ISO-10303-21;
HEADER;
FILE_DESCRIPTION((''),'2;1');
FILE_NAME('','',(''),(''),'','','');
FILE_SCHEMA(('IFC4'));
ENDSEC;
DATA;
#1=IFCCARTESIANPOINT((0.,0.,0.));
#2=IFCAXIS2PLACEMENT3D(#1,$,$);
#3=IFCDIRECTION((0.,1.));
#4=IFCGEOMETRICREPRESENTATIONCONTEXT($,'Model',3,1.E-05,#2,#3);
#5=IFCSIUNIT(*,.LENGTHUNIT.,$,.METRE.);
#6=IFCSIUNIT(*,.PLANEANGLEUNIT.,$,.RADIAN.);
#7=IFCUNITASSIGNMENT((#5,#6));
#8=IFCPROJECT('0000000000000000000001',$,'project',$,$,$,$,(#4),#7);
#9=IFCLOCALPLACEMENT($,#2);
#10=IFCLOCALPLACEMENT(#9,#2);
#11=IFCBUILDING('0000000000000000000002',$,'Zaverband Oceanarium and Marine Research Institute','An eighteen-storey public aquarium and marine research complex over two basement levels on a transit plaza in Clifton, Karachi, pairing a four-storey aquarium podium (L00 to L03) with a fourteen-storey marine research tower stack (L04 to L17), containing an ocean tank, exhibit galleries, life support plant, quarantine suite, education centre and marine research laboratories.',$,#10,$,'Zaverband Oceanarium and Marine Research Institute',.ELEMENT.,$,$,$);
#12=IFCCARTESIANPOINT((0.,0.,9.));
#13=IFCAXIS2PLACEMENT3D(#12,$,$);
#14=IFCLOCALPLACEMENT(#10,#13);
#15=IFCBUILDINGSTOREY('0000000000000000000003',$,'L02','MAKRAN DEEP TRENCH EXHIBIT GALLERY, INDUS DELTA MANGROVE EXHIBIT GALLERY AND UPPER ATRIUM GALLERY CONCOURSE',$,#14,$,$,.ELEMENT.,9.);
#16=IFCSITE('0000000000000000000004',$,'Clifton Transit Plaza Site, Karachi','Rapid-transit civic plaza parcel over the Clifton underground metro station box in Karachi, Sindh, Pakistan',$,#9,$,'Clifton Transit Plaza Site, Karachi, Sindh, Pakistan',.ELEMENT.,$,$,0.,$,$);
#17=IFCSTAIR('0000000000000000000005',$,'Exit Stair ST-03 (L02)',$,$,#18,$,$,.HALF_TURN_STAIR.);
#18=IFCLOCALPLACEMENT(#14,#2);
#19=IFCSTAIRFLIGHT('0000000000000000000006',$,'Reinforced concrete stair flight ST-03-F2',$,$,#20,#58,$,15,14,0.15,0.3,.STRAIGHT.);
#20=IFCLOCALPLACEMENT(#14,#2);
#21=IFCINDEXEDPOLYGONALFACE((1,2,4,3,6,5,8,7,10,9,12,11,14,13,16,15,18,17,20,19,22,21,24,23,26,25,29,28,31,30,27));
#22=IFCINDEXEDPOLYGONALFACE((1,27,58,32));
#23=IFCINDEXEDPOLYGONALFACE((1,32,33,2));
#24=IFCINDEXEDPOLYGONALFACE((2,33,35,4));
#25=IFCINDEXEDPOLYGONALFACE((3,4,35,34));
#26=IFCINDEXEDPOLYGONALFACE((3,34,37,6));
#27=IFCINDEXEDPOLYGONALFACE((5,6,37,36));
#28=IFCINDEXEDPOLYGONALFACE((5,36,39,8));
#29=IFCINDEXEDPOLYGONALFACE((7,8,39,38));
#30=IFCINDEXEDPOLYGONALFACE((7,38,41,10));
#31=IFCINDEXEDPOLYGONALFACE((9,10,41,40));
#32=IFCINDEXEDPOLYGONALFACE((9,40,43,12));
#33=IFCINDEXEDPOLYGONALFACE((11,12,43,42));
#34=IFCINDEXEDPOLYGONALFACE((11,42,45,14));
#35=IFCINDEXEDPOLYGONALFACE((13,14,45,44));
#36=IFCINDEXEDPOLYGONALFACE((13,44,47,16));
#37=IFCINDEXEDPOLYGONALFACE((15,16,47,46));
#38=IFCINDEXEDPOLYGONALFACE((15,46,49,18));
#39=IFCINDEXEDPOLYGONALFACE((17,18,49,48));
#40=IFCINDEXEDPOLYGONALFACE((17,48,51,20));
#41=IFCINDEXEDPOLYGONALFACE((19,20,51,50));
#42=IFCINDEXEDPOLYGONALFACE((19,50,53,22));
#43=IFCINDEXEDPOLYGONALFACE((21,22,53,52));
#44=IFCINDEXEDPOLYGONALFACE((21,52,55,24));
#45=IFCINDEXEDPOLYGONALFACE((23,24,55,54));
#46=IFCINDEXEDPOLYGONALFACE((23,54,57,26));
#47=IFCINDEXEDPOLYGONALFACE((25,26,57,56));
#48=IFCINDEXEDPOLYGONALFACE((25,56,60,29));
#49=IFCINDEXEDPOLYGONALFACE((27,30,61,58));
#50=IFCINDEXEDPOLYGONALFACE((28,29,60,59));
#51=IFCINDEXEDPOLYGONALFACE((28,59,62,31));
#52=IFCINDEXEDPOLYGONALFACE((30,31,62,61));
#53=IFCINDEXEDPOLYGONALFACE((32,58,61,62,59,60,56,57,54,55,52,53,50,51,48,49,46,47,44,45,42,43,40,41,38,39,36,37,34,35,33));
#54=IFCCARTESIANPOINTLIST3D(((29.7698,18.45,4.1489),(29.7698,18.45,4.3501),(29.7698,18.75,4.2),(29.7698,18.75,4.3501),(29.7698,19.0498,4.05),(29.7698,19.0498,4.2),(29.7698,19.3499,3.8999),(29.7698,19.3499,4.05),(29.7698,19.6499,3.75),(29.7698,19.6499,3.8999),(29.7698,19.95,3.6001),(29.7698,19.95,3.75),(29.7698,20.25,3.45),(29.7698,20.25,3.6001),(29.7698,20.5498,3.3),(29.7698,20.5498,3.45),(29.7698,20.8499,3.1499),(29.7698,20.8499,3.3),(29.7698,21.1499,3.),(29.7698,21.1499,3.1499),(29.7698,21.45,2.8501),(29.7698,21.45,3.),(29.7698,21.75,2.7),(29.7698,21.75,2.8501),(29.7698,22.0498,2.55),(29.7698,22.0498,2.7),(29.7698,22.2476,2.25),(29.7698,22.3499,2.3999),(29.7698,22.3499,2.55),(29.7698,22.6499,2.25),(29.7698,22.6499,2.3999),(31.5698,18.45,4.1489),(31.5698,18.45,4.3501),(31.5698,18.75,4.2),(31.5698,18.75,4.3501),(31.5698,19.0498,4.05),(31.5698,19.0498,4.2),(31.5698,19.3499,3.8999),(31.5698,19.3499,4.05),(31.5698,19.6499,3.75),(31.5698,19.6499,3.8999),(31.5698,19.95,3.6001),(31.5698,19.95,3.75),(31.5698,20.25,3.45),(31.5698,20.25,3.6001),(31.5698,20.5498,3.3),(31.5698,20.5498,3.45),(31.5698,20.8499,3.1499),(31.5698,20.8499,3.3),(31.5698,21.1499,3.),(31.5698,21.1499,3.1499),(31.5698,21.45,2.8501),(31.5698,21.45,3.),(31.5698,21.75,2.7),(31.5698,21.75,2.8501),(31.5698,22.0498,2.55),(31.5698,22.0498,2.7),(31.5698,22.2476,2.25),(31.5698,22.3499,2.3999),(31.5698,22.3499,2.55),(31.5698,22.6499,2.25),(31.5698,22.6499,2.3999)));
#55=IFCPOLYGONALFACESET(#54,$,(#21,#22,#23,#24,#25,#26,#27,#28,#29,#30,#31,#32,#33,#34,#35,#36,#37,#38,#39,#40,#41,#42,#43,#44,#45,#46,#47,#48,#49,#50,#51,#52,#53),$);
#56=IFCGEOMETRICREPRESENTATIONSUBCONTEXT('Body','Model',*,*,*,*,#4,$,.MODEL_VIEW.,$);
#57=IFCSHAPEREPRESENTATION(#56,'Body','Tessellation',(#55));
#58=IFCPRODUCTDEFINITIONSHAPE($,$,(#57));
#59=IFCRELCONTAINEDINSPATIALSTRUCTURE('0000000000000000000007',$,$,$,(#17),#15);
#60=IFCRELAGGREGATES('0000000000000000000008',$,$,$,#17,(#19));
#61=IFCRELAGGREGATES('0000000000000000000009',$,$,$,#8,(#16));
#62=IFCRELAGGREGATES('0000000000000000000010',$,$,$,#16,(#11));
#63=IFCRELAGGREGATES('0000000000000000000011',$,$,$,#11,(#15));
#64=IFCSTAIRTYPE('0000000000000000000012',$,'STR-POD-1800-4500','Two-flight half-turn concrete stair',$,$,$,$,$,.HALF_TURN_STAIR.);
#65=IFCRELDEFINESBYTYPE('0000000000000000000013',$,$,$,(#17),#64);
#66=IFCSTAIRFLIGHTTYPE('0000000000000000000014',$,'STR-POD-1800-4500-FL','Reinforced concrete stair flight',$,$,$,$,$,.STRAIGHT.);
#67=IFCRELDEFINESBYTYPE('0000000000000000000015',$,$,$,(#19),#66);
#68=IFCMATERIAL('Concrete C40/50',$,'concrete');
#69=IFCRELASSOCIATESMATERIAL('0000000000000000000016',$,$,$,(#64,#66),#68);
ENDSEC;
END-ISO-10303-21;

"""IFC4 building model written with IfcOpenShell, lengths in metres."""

from ifc_helpers import new_model, si_unit, direction, frame, origin, place, context, subcontext, project, spatial, polyline, outline, extrude, material, type_object, element, aggregate, save


model = new_model("IFC4")

# Units and contexts
model_context = context("Model", 3, precision=1e-05, world=origin(), true_north=direction((0.0, 1.0)))
body_context = subcontext(model_context, "Body", "Model", "MODEL_VIEW")
ifc_project = project(units=[si_unit("LENGTHUNIT", "METRE"), si_unit("PLANEANGLEUNIT", "RADIAN")], contexts=[model_context])

# Site, building, storey
site_placement = place(None, origin())
site = spatial("IfcSite", under=ifc_project, at=site_placement, Name="Clifton Transit Plaza Site, Karachi", Description="Rapid-transit civic plaza parcel over the Clifton underground metro station box in Karachi, Sindh, Pakistan", LongName="Clifton Transit Plaza Site, Karachi, Sindh, Pakistan", CompositionType="ELEMENT", RefElevation=0.0)
building_placement = place(site_placement, origin())
building = spatial("IfcBuilding", under=site, at=building_placement, Name="Zaverband Oceanarium and Marine Research Institute", Description="An eighteen-storey public aquarium and marine research complex over two basement levels on a transit plaza in Clifton, Karachi, pairing a four-storey aquarium podium (L00 to L03) with a fourteen-storey marine research tower stack (L04 to L17), containing an ocean tank, exhibit galleries, life support plant, quarantine suite, education centre and marine research laboratories.", LongName="Zaverband Oceanarium and Marine Research Institute", CompositionType="ELEMENT")
storey_placement = place(building_placement, frame((0.0, 0.0, 9.0)))
storey = spatial("IfcBuildingStorey", under=building, at=storey_placement, Name="L02", Description="MAKRAN DEEP TRENCH EXHIBIT GALLERY, INDUS DELTA MANGROVE EXHIBIT GALLERY AND UPPER ATRIUM GALLERY CONCOURSE", CompositionType="ELEMENT", Elevation=9.0)

# Shared definitions
ifc_material_1 = material(Name="Concrete C40/50", Category="concrete")

# Stair, stair flight
stair_type = type_object("IfcStairType", Name="STR-POD-1800-4500", Description="Two-flight half-turn concrete stair", PredefinedType="HALF_TURN_STAIR", material=ifc_material_1)
stair_placement = place(storey_placement, origin())
stair = element("IfcStair", 1, at=stair_placement, inside=storey, type_object=stair_type, Name="Exit Stair ST-03 (L02)", PredefinedType="HALF_TURN_STAIR")
stair_flight_type = type_object("IfcStairFlightType", Name="STR-POD-1800-4500-FL", Description="Reinforced concrete stair flight", PredefinedType="STRAIGHT", material=ifc_material_1)
stair_flight_1_placement = place(storey_placement, frame((30.6699, 22.6499, 2.25), z_axis=(0.0, 0.0, 1.0), x_axis=(0.0, -1.0, 0.0)))
stair_flight_1 = element("IfcStairFlight", 2, at=stair_flight_1_placement, type_object=stair_flight_type, Name="Reinforced concrete stair flight ST-03-F2", NumberOfRisers=15, NumberOfTreads=14, PredefinedType="STRAIGHT", RiserHeight=0.15, TreadLength=0.3, context=body_context, shape_type="SweptSolid", body=[
    extrude(outline(polyline([(0.0, 0.0), (0.0, 0.1499), (0.3, 0.1499), (0.3, 0.3), (0.6001, 0.3), (0.6001, 0.45), (0.8999, 0.45), (0.8999, 0.6001), (1.2, 0.6001), (1.2, 0.75), (1.5, 0.75), (1.5, 0.8999), (1.8, 0.8999), (1.8, 1.05), (2.1001, 1.05), (2.1001, 1.2), (2.3999, 1.2), (2.3999, 1.3501), (2.7, 1.3501), (2.7, 1.5), (3.0, 1.5), (3.0, 1.6499), (3.3, 1.6499), (3.3, 1.8), (3.6001, 1.8), (3.6001, 1.95), (3.8999, 1.95), (3.8999, 2.1001), (4.2, 2.1001), (4.2, 2.25), (4.2, 1.8989), (0.4023, 0.0), (0.0, 0.0)])), frame((0.0, 0.8999, 0.0), z_axis=(0.0, -1.0, 0.0), x_axis=(1.0, 0.0, 0.0)), (0.0, 0.0, 1.0), 1.8),
])
aggregate(stair, [stair_flight_1])

save(model, "model.ifc")
